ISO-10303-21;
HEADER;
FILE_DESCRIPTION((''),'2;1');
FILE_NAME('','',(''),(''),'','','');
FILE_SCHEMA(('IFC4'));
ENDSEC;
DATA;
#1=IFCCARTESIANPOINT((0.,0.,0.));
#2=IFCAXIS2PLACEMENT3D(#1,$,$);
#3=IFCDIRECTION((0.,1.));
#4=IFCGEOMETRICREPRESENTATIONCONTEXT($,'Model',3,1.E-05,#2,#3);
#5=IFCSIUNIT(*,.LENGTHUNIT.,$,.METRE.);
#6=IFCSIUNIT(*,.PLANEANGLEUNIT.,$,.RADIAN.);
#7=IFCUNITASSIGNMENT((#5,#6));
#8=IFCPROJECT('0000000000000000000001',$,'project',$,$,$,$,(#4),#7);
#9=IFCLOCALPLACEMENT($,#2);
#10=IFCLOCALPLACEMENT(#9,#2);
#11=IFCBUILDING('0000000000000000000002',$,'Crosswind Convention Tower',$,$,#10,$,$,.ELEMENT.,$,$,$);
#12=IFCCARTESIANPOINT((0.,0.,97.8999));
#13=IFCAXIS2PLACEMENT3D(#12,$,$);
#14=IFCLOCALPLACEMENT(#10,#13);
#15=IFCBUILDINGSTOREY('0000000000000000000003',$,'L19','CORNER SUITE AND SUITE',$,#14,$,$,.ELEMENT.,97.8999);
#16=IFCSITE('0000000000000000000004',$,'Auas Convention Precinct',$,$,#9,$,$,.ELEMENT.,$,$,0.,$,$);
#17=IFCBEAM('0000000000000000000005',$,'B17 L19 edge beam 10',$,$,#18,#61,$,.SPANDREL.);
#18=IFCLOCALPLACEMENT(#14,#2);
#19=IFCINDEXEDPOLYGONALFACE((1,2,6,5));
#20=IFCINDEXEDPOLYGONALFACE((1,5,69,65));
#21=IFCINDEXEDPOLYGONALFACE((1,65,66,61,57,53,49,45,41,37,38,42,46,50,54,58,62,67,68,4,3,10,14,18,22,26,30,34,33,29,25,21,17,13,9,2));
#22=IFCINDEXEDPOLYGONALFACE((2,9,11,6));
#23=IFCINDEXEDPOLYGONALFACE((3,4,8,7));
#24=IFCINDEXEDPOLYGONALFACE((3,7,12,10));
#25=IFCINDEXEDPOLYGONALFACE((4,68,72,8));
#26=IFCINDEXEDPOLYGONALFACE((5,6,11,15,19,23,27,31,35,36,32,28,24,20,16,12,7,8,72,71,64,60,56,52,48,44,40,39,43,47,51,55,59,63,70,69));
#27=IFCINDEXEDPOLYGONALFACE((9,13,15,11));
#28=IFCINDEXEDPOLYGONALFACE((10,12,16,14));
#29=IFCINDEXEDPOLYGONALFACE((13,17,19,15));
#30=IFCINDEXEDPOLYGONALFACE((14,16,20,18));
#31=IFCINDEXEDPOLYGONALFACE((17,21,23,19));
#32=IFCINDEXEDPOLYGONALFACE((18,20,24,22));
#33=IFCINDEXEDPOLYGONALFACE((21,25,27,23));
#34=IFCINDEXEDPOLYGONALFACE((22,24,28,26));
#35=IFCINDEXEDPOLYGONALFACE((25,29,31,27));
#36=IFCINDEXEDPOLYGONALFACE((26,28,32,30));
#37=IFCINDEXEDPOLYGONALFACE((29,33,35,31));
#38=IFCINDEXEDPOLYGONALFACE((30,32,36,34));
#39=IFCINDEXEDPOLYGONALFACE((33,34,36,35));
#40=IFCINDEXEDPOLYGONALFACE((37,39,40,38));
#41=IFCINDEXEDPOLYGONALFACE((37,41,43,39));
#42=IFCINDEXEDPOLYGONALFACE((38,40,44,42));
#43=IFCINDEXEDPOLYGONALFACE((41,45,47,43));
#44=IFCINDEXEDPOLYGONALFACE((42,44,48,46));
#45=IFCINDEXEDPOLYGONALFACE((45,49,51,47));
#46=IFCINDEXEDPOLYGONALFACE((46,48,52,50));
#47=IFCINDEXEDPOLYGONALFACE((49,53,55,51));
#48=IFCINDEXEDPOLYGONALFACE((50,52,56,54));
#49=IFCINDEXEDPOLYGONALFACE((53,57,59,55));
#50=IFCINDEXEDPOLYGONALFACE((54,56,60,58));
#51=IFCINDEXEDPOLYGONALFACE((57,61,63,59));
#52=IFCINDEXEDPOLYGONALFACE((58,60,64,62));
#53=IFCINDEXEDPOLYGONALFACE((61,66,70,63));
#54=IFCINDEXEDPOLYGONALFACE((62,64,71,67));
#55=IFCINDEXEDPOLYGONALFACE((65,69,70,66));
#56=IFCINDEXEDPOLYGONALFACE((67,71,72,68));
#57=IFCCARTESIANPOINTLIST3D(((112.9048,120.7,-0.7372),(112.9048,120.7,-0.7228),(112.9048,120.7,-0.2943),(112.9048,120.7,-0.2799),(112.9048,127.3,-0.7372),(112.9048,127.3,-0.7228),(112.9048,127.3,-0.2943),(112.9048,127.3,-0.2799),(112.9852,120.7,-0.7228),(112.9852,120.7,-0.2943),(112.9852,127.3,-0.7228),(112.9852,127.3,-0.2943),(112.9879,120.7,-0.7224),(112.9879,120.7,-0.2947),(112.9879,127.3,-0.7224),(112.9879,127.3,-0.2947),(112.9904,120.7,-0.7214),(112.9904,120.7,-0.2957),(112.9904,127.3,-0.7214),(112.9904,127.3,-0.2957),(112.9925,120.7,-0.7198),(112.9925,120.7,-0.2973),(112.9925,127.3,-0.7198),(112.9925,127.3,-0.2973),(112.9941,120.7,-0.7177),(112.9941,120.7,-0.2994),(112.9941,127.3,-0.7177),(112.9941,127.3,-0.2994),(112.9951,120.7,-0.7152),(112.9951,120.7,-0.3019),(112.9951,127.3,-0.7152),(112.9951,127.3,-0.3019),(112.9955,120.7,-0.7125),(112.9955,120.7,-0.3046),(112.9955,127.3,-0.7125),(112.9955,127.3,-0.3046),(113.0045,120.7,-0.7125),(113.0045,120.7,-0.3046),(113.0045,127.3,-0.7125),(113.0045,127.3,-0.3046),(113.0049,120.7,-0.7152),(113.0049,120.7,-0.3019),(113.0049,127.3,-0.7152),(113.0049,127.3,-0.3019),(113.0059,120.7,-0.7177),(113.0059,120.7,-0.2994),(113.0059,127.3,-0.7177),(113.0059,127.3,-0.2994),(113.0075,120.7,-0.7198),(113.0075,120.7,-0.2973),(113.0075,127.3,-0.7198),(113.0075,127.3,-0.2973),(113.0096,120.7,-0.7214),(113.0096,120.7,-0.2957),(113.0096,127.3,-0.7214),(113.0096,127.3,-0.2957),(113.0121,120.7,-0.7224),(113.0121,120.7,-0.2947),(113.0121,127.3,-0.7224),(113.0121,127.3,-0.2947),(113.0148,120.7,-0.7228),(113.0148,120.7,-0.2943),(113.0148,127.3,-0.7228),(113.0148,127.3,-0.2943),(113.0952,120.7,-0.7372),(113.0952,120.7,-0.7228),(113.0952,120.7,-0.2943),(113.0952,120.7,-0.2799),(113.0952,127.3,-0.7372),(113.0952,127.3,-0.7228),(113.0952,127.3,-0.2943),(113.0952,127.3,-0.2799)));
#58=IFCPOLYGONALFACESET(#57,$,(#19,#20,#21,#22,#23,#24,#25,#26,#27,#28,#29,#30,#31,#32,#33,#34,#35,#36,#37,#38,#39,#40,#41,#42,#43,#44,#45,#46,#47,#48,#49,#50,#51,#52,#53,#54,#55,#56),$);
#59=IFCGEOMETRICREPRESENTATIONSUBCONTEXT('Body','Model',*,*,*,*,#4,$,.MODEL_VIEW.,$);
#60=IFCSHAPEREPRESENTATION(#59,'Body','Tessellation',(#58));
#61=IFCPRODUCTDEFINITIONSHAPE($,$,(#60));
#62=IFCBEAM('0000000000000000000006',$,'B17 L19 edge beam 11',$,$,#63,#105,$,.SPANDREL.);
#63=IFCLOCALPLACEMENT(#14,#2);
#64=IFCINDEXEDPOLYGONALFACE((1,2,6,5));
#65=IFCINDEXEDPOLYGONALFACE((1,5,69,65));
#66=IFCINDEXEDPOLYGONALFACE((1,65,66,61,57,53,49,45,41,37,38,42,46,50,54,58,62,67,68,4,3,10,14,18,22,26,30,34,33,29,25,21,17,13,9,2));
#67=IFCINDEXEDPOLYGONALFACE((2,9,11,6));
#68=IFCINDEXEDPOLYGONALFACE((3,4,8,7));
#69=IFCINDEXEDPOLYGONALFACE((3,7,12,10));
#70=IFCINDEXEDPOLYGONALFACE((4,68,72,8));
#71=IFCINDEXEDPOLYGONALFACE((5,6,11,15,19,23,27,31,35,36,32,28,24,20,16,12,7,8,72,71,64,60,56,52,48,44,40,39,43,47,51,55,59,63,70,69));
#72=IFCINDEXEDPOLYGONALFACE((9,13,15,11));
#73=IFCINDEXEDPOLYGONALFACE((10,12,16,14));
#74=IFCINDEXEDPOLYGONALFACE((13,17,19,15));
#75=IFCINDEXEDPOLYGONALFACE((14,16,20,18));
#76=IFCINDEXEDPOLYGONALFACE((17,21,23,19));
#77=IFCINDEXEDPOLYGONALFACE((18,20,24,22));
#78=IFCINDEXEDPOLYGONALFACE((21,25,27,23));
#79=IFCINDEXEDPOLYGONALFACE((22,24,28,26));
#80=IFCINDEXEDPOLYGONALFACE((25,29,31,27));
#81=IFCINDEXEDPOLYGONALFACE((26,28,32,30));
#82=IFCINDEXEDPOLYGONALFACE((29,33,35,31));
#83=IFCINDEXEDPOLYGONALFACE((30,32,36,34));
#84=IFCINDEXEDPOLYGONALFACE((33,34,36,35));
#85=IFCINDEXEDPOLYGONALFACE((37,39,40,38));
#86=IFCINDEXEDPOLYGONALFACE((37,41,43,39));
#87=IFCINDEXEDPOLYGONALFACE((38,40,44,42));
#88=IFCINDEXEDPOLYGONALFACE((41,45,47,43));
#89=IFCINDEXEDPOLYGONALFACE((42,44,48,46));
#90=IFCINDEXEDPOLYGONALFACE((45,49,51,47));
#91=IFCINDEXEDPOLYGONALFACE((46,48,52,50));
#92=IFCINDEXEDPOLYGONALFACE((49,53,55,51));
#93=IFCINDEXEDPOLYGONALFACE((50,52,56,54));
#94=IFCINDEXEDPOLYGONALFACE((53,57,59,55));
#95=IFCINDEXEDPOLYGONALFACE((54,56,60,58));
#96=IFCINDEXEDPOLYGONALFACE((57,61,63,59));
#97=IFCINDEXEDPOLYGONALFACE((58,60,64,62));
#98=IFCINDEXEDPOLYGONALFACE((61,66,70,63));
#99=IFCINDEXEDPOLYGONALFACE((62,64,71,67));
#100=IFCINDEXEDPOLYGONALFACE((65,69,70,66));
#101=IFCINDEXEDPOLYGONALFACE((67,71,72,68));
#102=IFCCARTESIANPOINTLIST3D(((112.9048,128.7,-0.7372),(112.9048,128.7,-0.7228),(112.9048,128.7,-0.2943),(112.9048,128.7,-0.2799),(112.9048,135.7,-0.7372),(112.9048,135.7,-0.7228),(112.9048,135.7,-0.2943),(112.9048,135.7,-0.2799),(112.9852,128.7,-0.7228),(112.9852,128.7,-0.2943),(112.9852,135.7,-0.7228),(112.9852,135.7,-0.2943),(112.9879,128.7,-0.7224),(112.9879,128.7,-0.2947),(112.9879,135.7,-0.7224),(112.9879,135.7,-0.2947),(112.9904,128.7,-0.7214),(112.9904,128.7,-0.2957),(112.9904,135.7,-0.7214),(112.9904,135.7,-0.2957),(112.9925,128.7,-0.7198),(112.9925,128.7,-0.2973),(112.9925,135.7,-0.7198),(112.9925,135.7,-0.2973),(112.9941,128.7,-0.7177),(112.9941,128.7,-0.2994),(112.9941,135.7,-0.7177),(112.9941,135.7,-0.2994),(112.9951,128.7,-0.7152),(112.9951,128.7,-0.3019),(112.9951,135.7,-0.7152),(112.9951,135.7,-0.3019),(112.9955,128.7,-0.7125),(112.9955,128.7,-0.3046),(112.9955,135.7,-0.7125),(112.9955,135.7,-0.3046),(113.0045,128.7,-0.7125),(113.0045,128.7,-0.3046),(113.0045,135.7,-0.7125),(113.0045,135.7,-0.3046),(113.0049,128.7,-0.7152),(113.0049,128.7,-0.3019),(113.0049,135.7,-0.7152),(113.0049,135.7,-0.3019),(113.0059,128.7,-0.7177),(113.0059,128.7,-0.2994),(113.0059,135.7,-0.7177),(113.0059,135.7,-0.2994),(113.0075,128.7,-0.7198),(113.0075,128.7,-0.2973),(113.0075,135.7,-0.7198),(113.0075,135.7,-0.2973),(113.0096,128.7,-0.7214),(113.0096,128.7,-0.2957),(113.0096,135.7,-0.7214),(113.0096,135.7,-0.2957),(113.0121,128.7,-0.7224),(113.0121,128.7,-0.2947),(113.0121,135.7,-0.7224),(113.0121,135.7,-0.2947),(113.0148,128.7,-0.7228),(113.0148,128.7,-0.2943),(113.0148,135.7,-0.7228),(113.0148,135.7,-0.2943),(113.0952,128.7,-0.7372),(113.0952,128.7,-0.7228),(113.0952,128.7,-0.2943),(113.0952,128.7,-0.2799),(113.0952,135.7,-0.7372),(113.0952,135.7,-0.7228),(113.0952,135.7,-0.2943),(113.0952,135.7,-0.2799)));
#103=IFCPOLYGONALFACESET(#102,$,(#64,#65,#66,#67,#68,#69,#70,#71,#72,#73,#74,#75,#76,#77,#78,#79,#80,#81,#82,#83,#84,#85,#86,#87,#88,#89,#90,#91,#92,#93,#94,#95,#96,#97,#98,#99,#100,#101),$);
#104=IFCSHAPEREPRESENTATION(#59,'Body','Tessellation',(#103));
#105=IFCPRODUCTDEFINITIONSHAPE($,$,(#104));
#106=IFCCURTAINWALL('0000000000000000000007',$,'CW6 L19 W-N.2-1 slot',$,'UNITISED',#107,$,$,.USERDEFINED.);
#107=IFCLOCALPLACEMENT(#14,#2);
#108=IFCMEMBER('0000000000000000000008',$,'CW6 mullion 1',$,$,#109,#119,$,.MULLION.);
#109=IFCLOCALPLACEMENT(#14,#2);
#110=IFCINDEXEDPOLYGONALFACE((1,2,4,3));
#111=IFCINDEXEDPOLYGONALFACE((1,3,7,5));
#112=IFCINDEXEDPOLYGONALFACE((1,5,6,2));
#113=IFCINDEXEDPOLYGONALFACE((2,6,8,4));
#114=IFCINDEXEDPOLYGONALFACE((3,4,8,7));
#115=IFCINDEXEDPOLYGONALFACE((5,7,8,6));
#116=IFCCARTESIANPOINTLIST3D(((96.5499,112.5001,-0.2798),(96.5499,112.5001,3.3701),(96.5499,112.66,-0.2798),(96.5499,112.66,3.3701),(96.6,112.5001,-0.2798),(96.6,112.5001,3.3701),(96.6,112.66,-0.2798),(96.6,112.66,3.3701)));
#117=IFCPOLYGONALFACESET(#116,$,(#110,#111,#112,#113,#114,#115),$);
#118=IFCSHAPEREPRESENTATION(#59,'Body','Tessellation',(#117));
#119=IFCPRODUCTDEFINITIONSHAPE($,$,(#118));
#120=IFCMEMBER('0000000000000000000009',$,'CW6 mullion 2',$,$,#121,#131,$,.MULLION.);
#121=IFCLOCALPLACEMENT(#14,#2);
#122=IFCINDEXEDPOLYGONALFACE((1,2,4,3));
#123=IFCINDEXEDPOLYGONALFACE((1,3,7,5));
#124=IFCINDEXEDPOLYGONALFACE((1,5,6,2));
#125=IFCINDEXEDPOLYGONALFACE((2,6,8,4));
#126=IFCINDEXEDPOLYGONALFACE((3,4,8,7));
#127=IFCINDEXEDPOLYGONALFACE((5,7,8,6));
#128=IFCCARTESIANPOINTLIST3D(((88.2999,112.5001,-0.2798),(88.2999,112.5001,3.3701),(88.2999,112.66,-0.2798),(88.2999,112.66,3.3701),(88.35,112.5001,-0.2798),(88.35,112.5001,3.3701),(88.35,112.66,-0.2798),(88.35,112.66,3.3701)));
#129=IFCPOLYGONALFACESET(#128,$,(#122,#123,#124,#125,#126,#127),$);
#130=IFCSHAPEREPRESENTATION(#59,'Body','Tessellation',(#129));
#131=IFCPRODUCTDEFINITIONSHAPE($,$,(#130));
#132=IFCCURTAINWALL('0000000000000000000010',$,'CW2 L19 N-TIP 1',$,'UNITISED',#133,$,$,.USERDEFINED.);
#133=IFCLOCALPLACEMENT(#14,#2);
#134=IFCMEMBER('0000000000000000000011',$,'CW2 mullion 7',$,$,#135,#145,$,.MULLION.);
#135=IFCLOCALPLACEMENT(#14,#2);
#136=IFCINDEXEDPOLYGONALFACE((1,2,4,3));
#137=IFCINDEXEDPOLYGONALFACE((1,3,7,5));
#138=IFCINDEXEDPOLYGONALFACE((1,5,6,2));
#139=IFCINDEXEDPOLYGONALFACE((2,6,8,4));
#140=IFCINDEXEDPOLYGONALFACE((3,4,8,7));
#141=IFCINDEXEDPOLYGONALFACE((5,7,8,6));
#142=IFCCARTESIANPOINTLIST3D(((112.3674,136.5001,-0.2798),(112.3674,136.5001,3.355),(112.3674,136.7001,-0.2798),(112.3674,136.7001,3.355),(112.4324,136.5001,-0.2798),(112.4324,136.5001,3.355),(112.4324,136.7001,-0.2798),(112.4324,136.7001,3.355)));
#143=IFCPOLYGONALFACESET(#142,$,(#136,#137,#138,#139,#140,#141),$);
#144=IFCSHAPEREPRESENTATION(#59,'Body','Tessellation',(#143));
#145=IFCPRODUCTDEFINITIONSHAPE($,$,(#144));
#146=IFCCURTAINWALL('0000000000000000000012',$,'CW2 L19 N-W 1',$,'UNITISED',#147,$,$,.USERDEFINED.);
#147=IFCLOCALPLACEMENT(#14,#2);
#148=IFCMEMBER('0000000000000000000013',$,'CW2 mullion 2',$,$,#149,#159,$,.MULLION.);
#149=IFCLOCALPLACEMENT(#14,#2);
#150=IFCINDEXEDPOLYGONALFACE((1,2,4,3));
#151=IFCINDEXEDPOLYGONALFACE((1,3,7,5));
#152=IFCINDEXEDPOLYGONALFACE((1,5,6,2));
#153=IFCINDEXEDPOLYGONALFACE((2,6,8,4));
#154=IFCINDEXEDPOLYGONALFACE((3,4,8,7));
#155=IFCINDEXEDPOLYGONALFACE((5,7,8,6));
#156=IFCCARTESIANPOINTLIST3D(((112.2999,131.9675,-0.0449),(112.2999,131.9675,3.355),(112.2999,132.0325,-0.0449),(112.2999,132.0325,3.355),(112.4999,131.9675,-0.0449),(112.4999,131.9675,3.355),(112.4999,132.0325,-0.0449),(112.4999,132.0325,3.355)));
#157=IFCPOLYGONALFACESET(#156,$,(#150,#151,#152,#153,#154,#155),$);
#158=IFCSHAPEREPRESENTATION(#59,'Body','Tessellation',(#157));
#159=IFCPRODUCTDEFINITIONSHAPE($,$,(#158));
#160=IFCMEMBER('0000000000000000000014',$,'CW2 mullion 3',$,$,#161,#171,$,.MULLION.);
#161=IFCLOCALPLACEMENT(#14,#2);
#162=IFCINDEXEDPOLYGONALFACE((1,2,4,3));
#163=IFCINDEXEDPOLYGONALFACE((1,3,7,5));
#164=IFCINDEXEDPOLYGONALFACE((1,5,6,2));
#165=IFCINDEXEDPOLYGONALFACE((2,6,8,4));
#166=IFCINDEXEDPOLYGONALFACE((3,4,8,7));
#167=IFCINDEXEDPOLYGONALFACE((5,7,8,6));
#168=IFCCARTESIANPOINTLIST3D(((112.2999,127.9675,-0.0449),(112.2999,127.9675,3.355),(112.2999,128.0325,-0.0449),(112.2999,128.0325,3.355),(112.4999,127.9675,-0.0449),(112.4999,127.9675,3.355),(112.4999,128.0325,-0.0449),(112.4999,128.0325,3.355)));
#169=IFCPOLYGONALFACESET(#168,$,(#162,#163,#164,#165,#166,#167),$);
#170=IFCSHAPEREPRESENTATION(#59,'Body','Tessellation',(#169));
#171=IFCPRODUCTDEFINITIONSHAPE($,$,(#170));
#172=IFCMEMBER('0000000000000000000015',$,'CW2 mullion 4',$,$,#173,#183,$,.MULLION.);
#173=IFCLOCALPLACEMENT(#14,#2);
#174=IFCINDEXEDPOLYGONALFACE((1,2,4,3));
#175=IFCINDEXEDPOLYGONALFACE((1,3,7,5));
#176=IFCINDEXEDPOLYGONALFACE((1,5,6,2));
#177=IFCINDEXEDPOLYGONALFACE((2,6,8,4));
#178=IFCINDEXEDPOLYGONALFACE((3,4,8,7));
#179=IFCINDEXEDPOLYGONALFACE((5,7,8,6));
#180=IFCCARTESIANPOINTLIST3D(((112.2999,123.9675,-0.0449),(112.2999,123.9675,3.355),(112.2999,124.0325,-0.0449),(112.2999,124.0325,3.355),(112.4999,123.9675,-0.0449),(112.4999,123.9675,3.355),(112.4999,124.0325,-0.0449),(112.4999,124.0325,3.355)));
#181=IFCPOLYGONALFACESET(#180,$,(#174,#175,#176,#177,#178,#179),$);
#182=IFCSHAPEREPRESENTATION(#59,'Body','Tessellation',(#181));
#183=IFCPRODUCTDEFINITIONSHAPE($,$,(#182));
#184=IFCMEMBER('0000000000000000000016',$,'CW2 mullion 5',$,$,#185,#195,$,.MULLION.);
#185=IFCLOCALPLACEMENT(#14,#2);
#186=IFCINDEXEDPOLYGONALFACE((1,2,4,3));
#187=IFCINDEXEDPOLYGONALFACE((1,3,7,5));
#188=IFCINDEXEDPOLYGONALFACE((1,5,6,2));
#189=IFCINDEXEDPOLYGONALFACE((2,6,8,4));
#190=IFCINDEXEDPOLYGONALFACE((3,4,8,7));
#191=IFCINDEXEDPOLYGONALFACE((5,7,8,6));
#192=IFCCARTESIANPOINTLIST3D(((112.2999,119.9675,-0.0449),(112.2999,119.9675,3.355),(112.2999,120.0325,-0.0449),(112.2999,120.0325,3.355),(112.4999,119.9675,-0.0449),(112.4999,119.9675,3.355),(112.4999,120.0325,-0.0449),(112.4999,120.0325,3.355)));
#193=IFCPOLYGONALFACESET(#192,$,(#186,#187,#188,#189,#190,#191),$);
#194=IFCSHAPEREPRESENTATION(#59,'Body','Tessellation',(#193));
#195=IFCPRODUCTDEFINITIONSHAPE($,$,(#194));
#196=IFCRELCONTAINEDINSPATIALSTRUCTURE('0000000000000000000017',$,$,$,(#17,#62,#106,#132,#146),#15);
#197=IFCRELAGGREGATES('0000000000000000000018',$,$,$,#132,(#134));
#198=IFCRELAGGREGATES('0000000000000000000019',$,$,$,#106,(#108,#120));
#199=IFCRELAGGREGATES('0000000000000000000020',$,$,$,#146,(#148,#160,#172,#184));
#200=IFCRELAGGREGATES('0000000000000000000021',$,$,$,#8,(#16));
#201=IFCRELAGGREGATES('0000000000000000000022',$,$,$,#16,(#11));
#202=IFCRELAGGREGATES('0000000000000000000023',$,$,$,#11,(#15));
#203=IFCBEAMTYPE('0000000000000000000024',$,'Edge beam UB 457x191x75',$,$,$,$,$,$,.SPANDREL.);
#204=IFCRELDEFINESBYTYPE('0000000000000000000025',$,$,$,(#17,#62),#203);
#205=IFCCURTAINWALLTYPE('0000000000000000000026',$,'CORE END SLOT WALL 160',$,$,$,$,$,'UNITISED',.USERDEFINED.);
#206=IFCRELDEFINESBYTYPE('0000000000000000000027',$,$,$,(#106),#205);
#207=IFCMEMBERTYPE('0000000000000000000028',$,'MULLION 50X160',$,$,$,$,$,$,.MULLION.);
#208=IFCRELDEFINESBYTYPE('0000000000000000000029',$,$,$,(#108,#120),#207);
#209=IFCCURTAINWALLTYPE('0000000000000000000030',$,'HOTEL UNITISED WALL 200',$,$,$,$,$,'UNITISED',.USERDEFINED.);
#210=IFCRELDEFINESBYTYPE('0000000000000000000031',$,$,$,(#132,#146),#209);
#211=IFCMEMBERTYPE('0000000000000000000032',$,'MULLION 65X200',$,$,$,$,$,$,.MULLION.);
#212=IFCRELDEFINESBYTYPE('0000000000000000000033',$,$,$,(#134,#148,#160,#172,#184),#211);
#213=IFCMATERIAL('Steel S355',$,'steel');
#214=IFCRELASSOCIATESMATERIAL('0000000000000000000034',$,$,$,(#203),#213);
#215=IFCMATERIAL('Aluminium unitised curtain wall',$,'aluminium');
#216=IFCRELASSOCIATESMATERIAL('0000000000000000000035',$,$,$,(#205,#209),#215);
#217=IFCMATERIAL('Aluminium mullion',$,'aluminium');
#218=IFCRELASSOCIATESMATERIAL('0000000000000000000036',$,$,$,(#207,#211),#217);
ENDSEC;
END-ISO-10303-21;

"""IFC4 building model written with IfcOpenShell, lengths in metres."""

from ifc_helpers import new_model, si_unit, direction, frame, origin, origin_2d, place, context, subcontext, project, spatial, rectangle, i_section, extrude, material, material_profile, profile_set, type_object, element, aggregate, save


model = new_model("IFC4")

# Units and contexts
model_context = context("Model", 3, precision=1e-05, world=origin(), true_north=direction((0.0, 1.0)))
body_context = subcontext(model_context, "Body", "Model", "MODEL_VIEW")
ifc_project = project(units=[si_unit("LENGTHUNIT", "METRE"), si_unit("PLANEANGLEUNIT", "RADIAN")], contexts=[model_context])

# Site, building, storey
site_placement = place(None, origin())
site = spatial("IfcSite", under=ifc_project, at=site_placement, Name="Auas Convention Precinct", CompositionType="ELEMENT", RefElevation=0.0)
building_placement = place(site_placement, origin())
building = spatial("IfcBuilding", under=site, at=building_placement, Name="Crosswind Convention Tower", CompositionType="ELEMENT")
storey_placement = place(building_placement, frame((0.0, 0.0, 97.8999)))
storey = spatial("IfcBuildingStorey", under=building, at=storey_placement, Name="L19", Description="CORNER SUITE AND SUITE", CompositionType="ELEMENT", Elevation=97.8999)

# Beams
ifc_material_1 = material(Name="Steel S355", Category="steel")
ifc_material_profile_1 = material_profile(ifc_material_1, i_section(OverallWidth=0.1904, OverallDepth=0.4573, WebThickness=0.009, FlangeThickness=0.0144, FilletRadius=0.0103, at=origin_2d()), Name="UB 457x191x75")
ifc_profile_set_1 = profile_set([ifc_material_profile_1], Name="Steel S355")
beam_type_1 = type_object("IfcBeamType", Name="Edge beam UB 457x191x75", PredefinedType="SPANDREL", material=ifc_profile_set_1)
beam_1_placement = place(storey_placement, frame((113.0, 120.7, -0.5085), z_axis=(0.0, 1.0, 0.0), x_axis=(-1.0, 0.0, 0.0)))
element("IfcBeam", 1, at=beam_1_placement, inside=storey, type_object=beam_type_1, Name="B17 L19 edge beam 10", PredefinedType="SPANDREL", context=body_context, shape_type="SweptSolid", body=[
    extrude(i_section(OverallWidth=0.1904, OverallDepth=0.4573, WebThickness=0.009, FlangeThickness=0.0144, FilletRadius=0.0103, at=origin_2d()), origin(), (0.0, 0.0, 1.0), 6.6001),
])
beam_2_placement = place(storey_placement, frame((113.0, 128.7, -0.5085), z_axis=(0.0, 1.0, 0.0), x_axis=(-1.0, 0.0, 0.0)))
element("IfcBeam", 2, at=beam_2_placement, inside=storey, type_object=beam_type_1, Name="B17 L19 edge beam 11", PredefinedType="SPANDREL", context=body_context, shape_type="SweptSolid", body=[
    extrude(i_section(OverallWidth=0.1904, OverallDepth=0.4573, WebThickness=0.009, FlangeThickness=0.0144, FilletRadius=0.0103, at=origin_2d()), origin(), (0.0, 0.0, 1.0), 7.0),
])

# Curtain wall, members
ifc_material_2 = material(Name="Aluminium unitised curtain wall", Category="aluminium")
curtain_wall_type_1 = type_object("IfcCurtainWallType", Name="CORE END SLOT WALL 160", ElementType="UNITISED", PredefinedType="USERDEFINED", material=ifc_material_2)
curtain_wall_1_placement = place(storey_placement, origin())
curtain_wall_1 = element("IfcCurtainWall", 3, at=curtain_wall_1_placement, inside=storey, type_object=curtain_wall_type_1, Name="CW6 L19 W-N.2-1 slot", ObjectType="UNITISED", PredefinedType="USERDEFINED")
ifc_material_3 = material(Name="Aluminium mullion", Category="aluminium")
ifc_material_profile_2 = material_profile(ifc_material_3, rectangle(XDim=0.1599, YDim=0.05, at=origin_2d()), Name="AL 160X50")
ifc_profile_set_2 = profile_set([ifc_material_profile_2], Name="Aluminium mullion")
member_type_1 = type_object("IfcMemberType", Name="MULLION 50X160", PredefinedType="MULLION", material=ifc_profile_set_2)
member_1_placement = place(storey_placement, frame((96.575, 112.5801, -0.2798), z_axis=(0.0, 0.0, 1.0), x_axis=(0.0, 1.0, 0.0)))
member_1 = element("IfcMember", 4, at=member_1_placement, type_object=member_type_1, Name="CW6 mullion 1", PredefinedType="MULLION", context=body_context, shape_type="SweptSolid", body=[
    extrude(rectangle(XDim=0.1599, YDim=0.05, at=origin_2d()), origin(), (0.0, 0.0, 1.0), 3.6499),
])
member_2_placement = place(storey_placement, frame((88.325, 112.5801, -0.2798), z_axis=(0.0, 0.0, 1.0), x_axis=(0.0, 1.0, 0.0)))
member_2 = element("IfcMember", 5, at=member_2_placement, type_object=member_type_1, Name="CW6 mullion 2", PredefinedType="MULLION", context=body_context, shape_type="SweptSolid", body=[
    extrude(rectangle(XDim=0.1599, YDim=0.05, at=origin_2d()), origin(), (0.0, 0.0, 1.0), 3.6499),
])

# Curtain wall, member
curtain_wall_type_2 = type_object("IfcCurtainWallType", Name="HOTEL UNITISED WALL 200", ElementType="UNITISED", PredefinedType="USERDEFINED", material=ifc_material_2)
curtain_wall_2_placement = place(storey_placement, origin())
curtain_wall_2 = element("IfcCurtainWall", 6, at=curtain_wall_2_placement, inside=storey, type_object=curtain_wall_type_2, Name="CW2 L19 N-TIP 1", ObjectType="UNITISED", PredefinedType="USERDEFINED")
ifc_material_profile_3 = material_profile(ifc_material_3, rectangle(XDim=0.2, YDim=0.0649, at=origin_2d()), Name="AL 200X65")
ifc_profile_set_3 = profile_set([ifc_material_profile_3], Name="Aluminium mullion")
member_type_2 = type_object("IfcMemberType", Name="MULLION 65X200", PredefinedType="MULLION", material=ifc_profile_set_3)
member_3_placement = place(storey_placement, frame((112.3999, 136.6001, -0.2798), z_axis=(0.0, 0.0, 1.0), x_axis=(0.0, 1.0, 0.0)))
member_3 = element("IfcMember", 7, at=member_3_placement, type_object=member_type_2, Name="CW2 mullion 7", PredefinedType="MULLION", context=body_context, shape_type="SweptSolid", body=[
    extrude(rectangle(XDim=0.2, YDim=0.0649, at=origin_2d()), origin(), (0.0, 0.0, 1.0), 3.6348),
])
aggregate(curtain_wall_2, [member_3])

# Curtain wall, members
curtain_wall_3_placement = place(storey_placement, origin())
curtain_wall_3 = element("IfcCurtainWall", 8, at=curtain_wall_3_placement, inside=storey, type_object=curtain_wall_type_2, Name="CW2 L19 N-W 1", ObjectType="UNITISED", PredefinedType="USERDEFINED")
member_4_placement = place(storey_placement, frame((112.3999, 132.0, -0.0449), z_axis=(0.0, 0.0, 1.0), x_axis=(-1.0, 0.0, 0.0)))
member_4 = element("IfcMember", 9, at=member_4_placement, type_object=member_type_2, Name="CW2 mullion 2", PredefinedType="MULLION", context=body_context, shape_type="SweptSolid", body=[
    extrude(rectangle(XDim=0.2, YDim=0.0649, at=origin_2d()), origin(), (0.0, 0.0, 1.0), 3.3999),
])
member_5_placement = place(storey_placement, frame((112.3999, 128.0, -0.0449), z_axis=(0.0, 0.0, 1.0), x_axis=(-1.0, 0.0, 0.0)))
member_5 = element("IfcMember", 10, at=member_5_placement, type_object=member_type_2, Name="CW2 mullion 3", PredefinedType="MULLION", context=body_context, shape_type="SweptSolid", body=[
    extrude(rectangle(XDim=0.2, YDim=0.0649, at=origin_2d()), origin(), (0.0, 0.0, 1.0), 3.3999),
])
member_6_placement = place(storey_placement, frame((112.3999, 124.0, -0.0449), z_axis=(0.0, 0.0, 1.0), x_axis=(-1.0, 0.0, 0.0)))
member_6 = element("IfcMember", 11, at=member_6_placement, type_object=member_type_2, Name="CW2 mullion 4", PredefinedType="MULLION", context=body_context, shape_type="SweptSolid", body=[
    extrude(rectangle(XDim=0.2, YDim=0.0649, at=origin_2d()), origin(), (0.0, 0.0, 1.0), 3.3999),
])
member_7_placement = place(storey_placement, frame((112.3999, 120.0, -0.0449), z_axis=(0.0, 0.0, 1.0), x_axis=(-1.0, 0.0, 0.0)))
member_7 = element("IfcMember", 12, at=member_7_placement, type_object=member_type_2, Name="CW2 mullion 5", PredefinedType="MULLION", context=body_context, shape_type="SweptSolid", body=[
    extrude(rectangle(XDim=0.2, YDim=0.0649, at=origin_2d()), origin(), (0.0, 0.0, 1.0), 3.3999),
])

aggregate(curtain_wall_1, [member_1, member_2])

aggregate(curtain_wall_3, [member_4, member_5, member_6, member_7])

save(model, "model.ifc")
